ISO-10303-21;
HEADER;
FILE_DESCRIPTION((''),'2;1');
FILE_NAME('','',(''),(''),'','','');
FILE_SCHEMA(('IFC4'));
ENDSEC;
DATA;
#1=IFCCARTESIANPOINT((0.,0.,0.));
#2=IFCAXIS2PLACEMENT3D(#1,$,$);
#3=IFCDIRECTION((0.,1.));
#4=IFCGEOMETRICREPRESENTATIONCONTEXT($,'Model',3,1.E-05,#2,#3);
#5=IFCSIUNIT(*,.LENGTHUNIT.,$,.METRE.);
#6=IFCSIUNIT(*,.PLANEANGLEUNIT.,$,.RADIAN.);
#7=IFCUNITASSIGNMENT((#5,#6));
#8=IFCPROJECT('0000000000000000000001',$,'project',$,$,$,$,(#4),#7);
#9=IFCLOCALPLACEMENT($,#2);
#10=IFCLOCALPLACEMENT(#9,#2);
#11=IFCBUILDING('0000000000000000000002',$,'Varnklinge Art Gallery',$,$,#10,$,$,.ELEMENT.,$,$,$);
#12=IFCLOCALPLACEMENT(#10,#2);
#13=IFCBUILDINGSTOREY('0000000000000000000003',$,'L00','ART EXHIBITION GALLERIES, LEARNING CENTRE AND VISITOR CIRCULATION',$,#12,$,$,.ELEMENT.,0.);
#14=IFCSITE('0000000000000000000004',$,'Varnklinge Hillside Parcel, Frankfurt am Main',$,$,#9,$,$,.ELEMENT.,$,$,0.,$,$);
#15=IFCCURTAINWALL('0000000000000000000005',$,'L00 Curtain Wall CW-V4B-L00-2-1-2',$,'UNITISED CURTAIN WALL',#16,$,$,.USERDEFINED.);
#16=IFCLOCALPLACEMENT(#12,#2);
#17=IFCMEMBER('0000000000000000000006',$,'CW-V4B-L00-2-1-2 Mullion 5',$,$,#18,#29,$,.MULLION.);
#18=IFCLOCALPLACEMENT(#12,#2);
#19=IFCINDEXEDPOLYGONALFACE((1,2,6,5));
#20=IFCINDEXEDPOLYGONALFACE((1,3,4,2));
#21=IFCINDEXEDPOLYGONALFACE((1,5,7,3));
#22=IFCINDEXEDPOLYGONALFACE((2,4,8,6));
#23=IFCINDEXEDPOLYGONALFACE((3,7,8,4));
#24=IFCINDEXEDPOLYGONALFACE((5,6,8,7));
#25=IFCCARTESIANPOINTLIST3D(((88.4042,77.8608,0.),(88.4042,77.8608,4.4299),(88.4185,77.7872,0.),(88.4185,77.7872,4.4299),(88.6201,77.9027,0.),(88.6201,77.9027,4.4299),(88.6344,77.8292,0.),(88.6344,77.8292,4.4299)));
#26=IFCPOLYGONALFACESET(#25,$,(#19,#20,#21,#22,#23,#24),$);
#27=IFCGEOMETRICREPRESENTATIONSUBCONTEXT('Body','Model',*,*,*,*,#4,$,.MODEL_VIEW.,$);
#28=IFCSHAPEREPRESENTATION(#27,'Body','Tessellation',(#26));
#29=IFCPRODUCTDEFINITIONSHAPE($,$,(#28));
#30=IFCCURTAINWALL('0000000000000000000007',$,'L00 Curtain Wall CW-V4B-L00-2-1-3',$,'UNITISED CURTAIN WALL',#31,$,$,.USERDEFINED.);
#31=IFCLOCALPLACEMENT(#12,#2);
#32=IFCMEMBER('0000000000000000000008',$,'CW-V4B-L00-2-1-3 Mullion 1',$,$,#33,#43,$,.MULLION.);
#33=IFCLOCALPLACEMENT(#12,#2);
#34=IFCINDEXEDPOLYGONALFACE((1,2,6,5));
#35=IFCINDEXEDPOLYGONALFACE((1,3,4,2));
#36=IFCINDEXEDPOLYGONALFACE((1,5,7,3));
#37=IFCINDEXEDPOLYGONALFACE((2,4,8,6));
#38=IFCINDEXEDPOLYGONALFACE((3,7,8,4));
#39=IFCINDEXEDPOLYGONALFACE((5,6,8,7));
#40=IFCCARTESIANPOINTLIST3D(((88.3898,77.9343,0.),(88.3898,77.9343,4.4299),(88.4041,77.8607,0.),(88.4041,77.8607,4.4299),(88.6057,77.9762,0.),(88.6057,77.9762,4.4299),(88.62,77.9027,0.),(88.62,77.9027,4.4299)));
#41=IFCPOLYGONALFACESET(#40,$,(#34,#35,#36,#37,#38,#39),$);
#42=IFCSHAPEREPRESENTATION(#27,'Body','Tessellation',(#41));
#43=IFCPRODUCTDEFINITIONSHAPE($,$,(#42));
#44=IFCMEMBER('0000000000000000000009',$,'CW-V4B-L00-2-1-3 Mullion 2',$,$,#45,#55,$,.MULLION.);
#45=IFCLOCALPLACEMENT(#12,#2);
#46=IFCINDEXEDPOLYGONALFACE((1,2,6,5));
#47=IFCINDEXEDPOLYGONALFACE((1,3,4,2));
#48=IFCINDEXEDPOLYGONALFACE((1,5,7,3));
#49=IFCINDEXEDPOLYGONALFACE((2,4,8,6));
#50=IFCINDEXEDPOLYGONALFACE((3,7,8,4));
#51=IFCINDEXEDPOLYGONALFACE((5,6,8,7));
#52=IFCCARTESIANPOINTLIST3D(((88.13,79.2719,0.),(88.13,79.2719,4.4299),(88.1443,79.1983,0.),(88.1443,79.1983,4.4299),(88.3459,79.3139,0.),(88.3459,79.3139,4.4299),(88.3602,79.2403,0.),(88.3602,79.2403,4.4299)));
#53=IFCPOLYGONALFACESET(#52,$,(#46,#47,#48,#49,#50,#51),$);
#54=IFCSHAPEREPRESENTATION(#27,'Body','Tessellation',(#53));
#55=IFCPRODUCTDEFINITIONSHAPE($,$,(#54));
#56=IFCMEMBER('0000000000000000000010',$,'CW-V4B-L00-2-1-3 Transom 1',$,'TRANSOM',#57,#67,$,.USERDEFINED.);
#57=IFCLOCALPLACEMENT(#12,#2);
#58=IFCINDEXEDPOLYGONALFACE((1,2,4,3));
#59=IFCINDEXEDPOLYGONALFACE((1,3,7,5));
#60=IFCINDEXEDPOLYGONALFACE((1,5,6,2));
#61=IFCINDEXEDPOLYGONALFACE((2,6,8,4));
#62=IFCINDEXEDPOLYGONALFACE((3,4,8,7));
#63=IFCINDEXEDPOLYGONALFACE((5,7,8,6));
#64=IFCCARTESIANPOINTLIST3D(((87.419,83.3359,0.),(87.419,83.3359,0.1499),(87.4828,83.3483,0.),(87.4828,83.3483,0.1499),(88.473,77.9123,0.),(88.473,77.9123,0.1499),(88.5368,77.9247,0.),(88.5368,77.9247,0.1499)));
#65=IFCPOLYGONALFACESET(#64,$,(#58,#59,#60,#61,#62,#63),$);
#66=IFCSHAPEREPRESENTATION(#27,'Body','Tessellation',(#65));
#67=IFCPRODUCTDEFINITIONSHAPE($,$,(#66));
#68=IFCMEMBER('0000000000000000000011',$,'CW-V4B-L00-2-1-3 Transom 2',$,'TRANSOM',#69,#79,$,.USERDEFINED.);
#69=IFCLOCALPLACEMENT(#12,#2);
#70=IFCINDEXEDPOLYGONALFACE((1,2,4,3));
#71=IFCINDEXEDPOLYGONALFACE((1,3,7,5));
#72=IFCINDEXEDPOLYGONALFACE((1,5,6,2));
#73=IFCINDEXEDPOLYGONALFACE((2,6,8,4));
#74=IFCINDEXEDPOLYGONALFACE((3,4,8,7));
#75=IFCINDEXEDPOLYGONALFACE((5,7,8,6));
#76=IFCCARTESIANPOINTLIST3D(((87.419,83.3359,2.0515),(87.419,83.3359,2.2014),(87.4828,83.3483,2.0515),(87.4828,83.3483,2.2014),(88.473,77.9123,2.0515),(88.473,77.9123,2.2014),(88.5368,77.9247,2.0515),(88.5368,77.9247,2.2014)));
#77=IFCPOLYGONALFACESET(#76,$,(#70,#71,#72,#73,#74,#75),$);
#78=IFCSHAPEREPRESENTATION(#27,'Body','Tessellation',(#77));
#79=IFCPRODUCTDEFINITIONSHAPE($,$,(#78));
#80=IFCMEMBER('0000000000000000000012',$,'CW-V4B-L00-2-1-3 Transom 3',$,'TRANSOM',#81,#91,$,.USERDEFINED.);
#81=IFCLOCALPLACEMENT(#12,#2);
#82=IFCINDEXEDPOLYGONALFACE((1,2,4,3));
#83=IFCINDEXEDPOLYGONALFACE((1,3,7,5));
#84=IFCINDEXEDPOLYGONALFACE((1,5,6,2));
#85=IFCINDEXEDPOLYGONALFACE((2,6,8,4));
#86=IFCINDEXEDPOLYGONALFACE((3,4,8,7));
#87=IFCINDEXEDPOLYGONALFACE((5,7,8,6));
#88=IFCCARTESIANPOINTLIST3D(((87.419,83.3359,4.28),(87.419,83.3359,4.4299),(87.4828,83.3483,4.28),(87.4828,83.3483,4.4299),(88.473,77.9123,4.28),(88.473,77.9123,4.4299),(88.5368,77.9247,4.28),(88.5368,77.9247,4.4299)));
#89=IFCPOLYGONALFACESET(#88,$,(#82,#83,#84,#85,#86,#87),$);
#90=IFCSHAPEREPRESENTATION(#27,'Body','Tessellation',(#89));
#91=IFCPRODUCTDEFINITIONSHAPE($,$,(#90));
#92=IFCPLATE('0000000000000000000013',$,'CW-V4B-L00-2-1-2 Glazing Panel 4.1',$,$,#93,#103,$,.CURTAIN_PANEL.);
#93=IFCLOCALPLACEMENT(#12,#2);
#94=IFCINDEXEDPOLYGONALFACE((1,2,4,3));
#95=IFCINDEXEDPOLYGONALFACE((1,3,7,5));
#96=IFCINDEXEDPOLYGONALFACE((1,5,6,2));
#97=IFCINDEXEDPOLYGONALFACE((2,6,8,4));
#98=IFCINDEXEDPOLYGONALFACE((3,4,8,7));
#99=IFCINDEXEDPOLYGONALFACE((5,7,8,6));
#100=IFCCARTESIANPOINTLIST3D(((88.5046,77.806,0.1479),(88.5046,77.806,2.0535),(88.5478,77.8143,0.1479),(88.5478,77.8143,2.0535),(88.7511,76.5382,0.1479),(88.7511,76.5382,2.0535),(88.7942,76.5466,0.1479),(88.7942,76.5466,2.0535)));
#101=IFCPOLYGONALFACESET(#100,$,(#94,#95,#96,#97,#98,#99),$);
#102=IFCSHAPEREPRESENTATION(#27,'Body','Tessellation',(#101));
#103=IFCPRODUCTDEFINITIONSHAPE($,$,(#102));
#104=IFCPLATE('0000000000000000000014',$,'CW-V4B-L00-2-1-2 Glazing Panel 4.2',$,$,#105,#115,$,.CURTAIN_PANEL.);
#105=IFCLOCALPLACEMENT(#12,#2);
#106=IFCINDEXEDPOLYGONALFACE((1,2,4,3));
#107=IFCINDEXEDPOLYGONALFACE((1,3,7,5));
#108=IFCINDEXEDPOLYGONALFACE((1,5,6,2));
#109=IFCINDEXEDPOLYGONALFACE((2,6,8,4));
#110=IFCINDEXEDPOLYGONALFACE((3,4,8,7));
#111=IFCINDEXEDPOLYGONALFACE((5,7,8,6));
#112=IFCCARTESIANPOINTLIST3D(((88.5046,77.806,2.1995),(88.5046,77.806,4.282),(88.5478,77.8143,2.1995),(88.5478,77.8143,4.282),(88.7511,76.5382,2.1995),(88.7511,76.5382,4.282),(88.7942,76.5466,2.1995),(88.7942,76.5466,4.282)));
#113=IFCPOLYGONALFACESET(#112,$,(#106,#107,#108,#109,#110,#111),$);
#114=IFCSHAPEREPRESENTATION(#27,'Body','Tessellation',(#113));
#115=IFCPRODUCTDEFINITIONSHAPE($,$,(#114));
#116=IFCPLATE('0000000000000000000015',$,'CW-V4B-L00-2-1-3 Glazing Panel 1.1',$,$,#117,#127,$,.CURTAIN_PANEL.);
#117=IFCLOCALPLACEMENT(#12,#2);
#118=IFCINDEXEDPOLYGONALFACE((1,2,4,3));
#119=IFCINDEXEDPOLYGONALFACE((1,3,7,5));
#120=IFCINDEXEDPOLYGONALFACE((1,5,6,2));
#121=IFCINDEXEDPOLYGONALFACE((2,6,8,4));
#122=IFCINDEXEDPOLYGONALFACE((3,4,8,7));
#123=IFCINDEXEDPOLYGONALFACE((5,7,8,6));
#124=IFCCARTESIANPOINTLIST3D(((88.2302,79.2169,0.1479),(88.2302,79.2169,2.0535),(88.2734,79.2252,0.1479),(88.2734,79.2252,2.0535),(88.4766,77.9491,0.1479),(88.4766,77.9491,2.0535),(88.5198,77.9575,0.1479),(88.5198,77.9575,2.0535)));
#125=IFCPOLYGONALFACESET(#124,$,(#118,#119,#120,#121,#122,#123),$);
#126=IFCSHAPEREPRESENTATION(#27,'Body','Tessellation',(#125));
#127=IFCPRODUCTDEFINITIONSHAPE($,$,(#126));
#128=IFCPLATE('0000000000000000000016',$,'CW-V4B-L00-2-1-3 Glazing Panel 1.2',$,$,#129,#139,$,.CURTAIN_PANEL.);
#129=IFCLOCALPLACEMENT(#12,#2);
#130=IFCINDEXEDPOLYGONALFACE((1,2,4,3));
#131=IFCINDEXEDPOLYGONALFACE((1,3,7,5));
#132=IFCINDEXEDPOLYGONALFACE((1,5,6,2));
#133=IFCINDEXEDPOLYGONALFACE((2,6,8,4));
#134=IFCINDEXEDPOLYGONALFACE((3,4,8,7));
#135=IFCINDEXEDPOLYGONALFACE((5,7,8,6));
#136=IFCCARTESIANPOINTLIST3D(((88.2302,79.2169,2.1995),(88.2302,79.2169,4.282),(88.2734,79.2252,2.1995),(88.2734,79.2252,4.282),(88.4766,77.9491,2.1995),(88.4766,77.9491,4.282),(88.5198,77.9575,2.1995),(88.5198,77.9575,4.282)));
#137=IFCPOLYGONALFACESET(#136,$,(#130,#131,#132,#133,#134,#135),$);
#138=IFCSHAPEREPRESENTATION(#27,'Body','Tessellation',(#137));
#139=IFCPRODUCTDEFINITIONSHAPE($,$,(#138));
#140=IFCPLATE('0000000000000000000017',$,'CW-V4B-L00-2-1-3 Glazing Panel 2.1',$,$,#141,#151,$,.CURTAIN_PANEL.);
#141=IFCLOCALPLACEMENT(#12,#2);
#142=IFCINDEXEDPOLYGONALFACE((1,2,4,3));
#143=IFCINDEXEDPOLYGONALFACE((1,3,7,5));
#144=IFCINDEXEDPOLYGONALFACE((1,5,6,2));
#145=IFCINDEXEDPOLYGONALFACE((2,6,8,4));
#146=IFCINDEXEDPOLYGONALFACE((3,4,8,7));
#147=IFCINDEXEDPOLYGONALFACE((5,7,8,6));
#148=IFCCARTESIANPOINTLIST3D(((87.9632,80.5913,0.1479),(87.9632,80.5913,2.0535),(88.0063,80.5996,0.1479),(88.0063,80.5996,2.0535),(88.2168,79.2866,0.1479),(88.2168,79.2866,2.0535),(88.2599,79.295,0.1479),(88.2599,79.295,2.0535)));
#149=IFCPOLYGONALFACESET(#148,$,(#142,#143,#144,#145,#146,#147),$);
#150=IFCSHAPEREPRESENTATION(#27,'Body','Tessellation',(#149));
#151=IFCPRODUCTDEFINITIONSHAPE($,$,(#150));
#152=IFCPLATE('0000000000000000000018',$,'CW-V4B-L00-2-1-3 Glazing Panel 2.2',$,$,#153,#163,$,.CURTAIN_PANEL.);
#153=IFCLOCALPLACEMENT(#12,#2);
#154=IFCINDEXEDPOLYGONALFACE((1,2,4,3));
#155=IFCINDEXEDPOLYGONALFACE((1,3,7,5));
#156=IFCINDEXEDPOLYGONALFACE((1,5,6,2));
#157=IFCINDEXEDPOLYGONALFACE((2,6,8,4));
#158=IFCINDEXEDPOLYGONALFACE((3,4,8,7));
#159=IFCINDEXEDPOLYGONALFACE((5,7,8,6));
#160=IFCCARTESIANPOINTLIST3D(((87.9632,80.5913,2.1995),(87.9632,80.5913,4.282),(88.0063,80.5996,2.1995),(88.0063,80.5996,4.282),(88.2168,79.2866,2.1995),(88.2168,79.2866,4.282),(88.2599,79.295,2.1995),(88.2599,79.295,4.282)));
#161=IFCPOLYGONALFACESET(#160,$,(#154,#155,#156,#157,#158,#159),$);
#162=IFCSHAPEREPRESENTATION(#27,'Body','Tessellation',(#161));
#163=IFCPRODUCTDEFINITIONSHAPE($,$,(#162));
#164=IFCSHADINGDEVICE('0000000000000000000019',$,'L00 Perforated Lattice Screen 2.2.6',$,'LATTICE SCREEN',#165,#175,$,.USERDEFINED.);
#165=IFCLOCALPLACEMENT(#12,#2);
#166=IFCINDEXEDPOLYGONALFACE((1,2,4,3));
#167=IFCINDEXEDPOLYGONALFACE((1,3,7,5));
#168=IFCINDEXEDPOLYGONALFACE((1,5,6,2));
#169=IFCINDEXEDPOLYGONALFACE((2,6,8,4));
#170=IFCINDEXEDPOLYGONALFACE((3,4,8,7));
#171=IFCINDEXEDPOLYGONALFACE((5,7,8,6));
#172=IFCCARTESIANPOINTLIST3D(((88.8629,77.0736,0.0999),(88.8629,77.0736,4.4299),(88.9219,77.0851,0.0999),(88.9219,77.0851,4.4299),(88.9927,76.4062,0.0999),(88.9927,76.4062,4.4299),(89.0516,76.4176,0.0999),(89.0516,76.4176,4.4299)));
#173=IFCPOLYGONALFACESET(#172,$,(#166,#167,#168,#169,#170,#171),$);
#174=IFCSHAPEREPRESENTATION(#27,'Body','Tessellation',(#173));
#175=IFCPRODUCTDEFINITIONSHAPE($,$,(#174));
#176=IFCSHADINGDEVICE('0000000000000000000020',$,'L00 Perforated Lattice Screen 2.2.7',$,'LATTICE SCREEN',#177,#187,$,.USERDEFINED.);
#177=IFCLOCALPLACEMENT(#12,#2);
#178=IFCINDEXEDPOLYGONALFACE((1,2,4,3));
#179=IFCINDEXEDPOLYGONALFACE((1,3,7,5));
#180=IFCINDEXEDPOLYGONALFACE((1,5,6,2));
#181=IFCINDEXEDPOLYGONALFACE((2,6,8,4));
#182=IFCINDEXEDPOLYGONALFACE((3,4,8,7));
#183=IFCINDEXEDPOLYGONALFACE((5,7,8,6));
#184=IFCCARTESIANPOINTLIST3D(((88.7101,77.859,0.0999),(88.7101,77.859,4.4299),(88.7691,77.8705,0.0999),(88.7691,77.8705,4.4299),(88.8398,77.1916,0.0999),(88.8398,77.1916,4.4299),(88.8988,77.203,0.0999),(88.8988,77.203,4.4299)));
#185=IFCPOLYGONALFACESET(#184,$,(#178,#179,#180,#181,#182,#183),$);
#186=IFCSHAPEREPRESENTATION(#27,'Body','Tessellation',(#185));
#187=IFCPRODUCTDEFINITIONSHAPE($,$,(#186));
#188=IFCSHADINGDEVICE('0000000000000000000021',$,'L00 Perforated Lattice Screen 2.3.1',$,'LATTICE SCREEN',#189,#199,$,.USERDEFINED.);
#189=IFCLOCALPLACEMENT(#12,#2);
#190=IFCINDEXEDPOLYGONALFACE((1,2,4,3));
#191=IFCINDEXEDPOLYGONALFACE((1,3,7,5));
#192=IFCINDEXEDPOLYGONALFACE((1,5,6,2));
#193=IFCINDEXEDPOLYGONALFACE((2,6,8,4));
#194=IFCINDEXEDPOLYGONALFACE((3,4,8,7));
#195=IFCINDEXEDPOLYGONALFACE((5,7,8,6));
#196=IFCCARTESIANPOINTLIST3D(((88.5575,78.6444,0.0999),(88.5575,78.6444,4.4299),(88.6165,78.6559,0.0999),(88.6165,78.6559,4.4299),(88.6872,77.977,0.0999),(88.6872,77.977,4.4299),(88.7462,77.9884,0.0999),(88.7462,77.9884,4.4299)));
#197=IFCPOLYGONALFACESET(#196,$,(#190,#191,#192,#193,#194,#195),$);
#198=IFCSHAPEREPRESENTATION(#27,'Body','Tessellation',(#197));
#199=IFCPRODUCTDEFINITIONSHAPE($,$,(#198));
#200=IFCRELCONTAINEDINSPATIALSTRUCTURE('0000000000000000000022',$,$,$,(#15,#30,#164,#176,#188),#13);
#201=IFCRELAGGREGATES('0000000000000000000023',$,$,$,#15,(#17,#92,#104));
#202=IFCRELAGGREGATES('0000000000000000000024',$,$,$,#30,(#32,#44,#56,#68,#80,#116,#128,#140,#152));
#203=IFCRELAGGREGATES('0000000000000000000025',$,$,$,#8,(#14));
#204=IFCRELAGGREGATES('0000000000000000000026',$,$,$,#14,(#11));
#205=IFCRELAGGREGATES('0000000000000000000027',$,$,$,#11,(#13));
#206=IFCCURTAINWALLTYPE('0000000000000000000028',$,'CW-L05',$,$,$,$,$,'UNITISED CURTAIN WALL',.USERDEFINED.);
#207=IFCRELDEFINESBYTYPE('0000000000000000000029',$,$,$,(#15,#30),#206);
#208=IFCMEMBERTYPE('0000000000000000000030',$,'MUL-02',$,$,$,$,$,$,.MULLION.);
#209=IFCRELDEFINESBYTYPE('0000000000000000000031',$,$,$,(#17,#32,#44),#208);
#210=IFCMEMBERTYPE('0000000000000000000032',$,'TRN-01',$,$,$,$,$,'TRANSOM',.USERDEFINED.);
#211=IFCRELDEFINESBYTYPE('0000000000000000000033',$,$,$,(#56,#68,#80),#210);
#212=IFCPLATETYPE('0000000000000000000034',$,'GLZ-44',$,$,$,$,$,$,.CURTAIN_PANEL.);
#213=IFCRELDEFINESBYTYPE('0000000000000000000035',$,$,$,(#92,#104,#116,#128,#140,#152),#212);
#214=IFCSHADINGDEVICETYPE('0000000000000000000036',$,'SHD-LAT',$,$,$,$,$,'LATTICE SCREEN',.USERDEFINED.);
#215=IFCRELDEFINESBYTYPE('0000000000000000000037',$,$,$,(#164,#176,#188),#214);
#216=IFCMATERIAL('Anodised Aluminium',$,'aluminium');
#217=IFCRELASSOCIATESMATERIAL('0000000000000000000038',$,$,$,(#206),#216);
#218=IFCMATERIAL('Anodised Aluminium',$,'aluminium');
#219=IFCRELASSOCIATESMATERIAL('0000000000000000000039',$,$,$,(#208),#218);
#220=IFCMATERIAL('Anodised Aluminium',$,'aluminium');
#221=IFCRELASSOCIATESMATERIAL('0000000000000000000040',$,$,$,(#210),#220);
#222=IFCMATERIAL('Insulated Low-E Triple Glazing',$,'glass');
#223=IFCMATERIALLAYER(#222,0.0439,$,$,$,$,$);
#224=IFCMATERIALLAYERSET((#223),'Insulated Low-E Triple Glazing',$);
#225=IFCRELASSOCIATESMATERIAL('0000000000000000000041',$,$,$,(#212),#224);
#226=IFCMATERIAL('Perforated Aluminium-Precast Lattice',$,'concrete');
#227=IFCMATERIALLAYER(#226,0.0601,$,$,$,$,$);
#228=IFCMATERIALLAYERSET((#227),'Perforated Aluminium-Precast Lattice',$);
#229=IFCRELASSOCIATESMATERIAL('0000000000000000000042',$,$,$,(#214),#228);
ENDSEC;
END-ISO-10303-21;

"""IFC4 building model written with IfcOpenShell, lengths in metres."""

from ifc_helpers import new_model, si_unit, direction, frame, origin, origin_2d, place, context, subcontext, project, spatial, rectangle, extrude, material, layer, layer_set, material_profile, profile_set, type_object, element, aggregate, save


model = new_model("IFC4")

# Units and contexts
model_context = context("Model", 3, precision=1e-05, world=origin(), true_north=direction((0.0, 1.0)))
body_context = subcontext(model_context, "Body", "Model", "MODEL_VIEW")
ifc_project = project(units=[si_unit("LENGTHUNIT", "METRE"), si_unit("PLANEANGLEUNIT", "RADIAN")], contexts=[model_context])

# Site, building, storey
site_placement = place(None, origin())
site = spatial("IfcSite", under=ifc_project, at=site_placement, Name="Varnklinge Hillside Parcel, Frankfurt am Main", CompositionType="ELEMENT", RefElevation=0.0)
building_placement = place(site_placement, origin())
building = spatial("IfcBuilding", under=site, at=building_placement, Name="Varnklinge Art Gallery", CompositionType="ELEMENT")
storey_placement = place(building_placement, origin())
storey = spatial("IfcBuildingStorey", under=building, at=storey_placement, Name="L00", Description="ART EXHIBITION GALLERIES, LEARNING CENTRE AND VISITOR CIRCULATION", CompositionType="ELEMENT", Elevation=0.0)

# Curtain wall, member
ifc_material_1 = material(Name="Anodised Aluminium", Category="aluminium")
curtain_wall_type = type_object("IfcCurtainWallType", Name="CW-L05", ElementType="UNITISED CURTAIN WALL", PredefinedType="USERDEFINED", material=ifc_material_1)
curtain_wall_1_placement = place(storey_placement, origin())
curtain_wall_1 = element("IfcCurtainWall", 1, at=curtain_wall_1_placement, inside=storey, type_object=curtain_wall_type, Name="L00 Curtain Wall CW-V4B-L00-2-1-2", ObjectType="UNITISED CURTAIN WALL", PredefinedType="USERDEFINED")
ifc_material_2 = material(Name="Anodised Aluminium", Category="aluminium")
ifc_material_profile_1 = material_profile(ifc_material_2, rectangle(XDim=0.075, YDim=0.22, at=origin_2d()), Name="ALU 75x220")
ifc_profile_set_1 = profile_set([ifc_material_profile_1], Name="Anodised Aluminium")
member_type_1 = type_object("IfcMemberType", Name="MUL-02", PredefinedType="MULLION", material=ifc_profile_set_1)
member_1_placement = place(storey_placement, frame((88.5193, 77.845, 0.0), z_axis=(0.0, 0.0, 1.0), x_axis=(-0.190809, 0.981627, 0.0)))
member_1 = element("IfcMember", 2, at=member_1_placement, type_object=member_type_1, Name="CW-V4B-L00-2-1-2 Mullion 5", PredefinedType="MULLION", context=body_context, shape_type="SweptSolid", body=[
    extrude(rectangle(XDim=0.075, YDim=0.22, at=origin_2d()), origin(), (0.0, 0.0, 1.0), 4.4299),
])

# Curtain wall, members
curtain_wall_2_placement = place(storey_placement, origin())
curtain_wall_2 = element("IfcCurtainWall", 3, at=curtain_wall_2_placement, inside=storey, type_object=curtain_wall_type, Name="L00 Curtain Wall CW-V4B-L00-2-1-3", ObjectType="UNITISED CURTAIN WALL", PredefinedType="USERDEFINED")
member_2_placement = place(storey_placement, frame((88.5049, 77.9185, 0.0), z_axis=(0.0, 0.0, 1.0), x_axis=(-0.190809, 0.981627, 0.0)))
member_2 = element("IfcMember", 4, at=member_2_placement, type_object=member_type_1, Name="CW-V4B-L00-2-1-3 Mullion 1", PredefinedType="MULLION", context=body_context, shape_type="SweptSolid", body=[
    extrude(rectangle(XDim=0.075, YDim=0.22, at=origin_2d()), origin(), (0.0, 0.0, 1.0), 4.4299),
])
member_3_placement = place(storey_placement, frame((88.2451, 79.2561, 0.0), z_axis=(0.0, 0.0, 1.0), x_axis=(-0.190809, 0.981627, 0.0)))
member_3 = element("IfcMember", 5, at=member_3_placement, type_object=member_type_1, Name="CW-V4B-L00-2-1-3 Mullion 2", PredefinedType="MULLION", context=body_context, shape_type="SweptSolid", body=[
    extrude(rectangle(XDim=0.075, YDim=0.22, at=origin_2d()), origin(), (0.0, 0.0, 1.0), 4.4299),
])
ifc_material_3 = material(Name="Anodised Aluminium", Category="aluminium")
ifc_material_profile_2 = material_profile(ifc_material_3, rectangle(XDim=0.0649, YDim=0.1499, at=origin_2d()), Name="ALU 65x150")
ifc_profile_set_2 = profile_set([ifc_material_profile_2], Name="Anodised Aluminium")
member_type_2 = type_object("IfcMemberType", Name="TRN-01", ElementType="TRANSOM", PredefinedType="USERDEFINED", material=ifc_profile_set_2)
member_4_placement = place(storey_placement, frame((88.5049, 77.9185, 0.075), z_axis=(-0.19076, 0.981637, 0.0), x_axis=(-0.981637, -0.19076, 0.0)))
member_4 = element("IfcMember", 6, at=member_4_placement, type_object=member_type_2, Name="CW-V4B-L00-2-1-3 Transom 1", ObjectType="TRANSOM", PredefinedType="USERDEFINED", context=body_context, shape_type="SweptSolid", body=[
    extrude(rectangle(XDim=0.0649, YDim=0.1499, at=origin_2d()), origin(), (0.0, 0.0, 1.0), 5.5251),
])
member_5_placement = place(storey_placement, frame((88.5049, 77.9185, 2.1265), z_axis=(-0.19076, 0.981637, 0.0), x_axis=(-0.981637, -0.19076, 0.0)))
member_5 = element("IfcMember", 7, at=member_5_placement, type_object=member_type_2, Name="CW-V4B-L00-2-1-3 Transom 2", ObjectType="TRANSOM", PredefinedType="USERDEFINED", context=body_context, shape_type="SweptSolid", body=[
    extrude(rectangle(XDim=0.0649, YDim=0.1499, at=origin_2d()), origin(), (0.0, 0.0, 1.0), 5.5251),
])
member_6_placement = place(storey_placement, frame((88.5049, 77.9185, 4.355), z_axis=(-0.19076, 0.981637, 0.0), x_axis=(-0.981637, -0.19076, 0.0)))
member_6 = element("IfcMember", 8, at=member_6_placement, type_object=member_type_2, Name="CW-V4B-L00-2-1-3 Transom 3", ObjectType="TRANSOM", PredefinedType="USERDEFINED", context=body_context, shape_type="SweptSolid", body=[
    extrude(rectangle(XDim=0.0649, YDim=0.1499, at=origin_2d()), origin(), (0.0, 0.0, 1.0), 5.5251),
])

# Plates
ifc_material_4 = material(Name="Insulated Low-E Triple Glazing", Category="glass")
ifc_layer_1 = layer(ifc_material_4, 0.0439)
ifc_layer_set_1 = layer_set([ifc_layer_1], Name="Insulated Low-E Triple Glazing")
plate_type = type_object("IfcPlateType", Name="GLZ-44", PredefinedType="CURTAIN_PANEL", material=ifc_layer_set_1)
plate_1_placement = place(storey_placement, frame((88.6494, 77.1763, 0.1479), z_axis=(0.0, 0.0, 1.0), x_axis=(-0.190809, 0.981627, 0.0)))
plate_1 = element("IfcPlate", 9, at=plate_1_placement, type_object=plate_type, Name="CW-V4B-L00-2-1-2 Glazing Panel 4.1", PredefinedType="CURTAIN_PANEL", context=body_context, shape_type="SweptSolid", body=[
    extrude(rectangle(XDim=1.2915, YDim=0.0439, at=origin_2d()), origin(), (0.0, 0.0, 1.0), 1.9055),
])
plate_2_placement = place(storey_placement, frame((88.6494, 77.1763, 2.1995), z_axis=(0.0, 0.0, 1.0), x_axis=(-0.190809, 0.981627, 0.0)))
plate_2 = element("IfcPlate", 10, at=plate_2_placement, type_object=plate_type, Name="CW-V4B-L00-2-1-2 Glazing Panel 4.2", PredefinedType="CURTAIN_PANEL", context=body_context, shape_type="SweptSolid", body=[
    extrude(rectangle(XDim=1.2915, YDim=0.0439, at=origin_2d()), origin(), (0.0, 0.0, 1.0), 2.0825),
])
aggregate(curtain_wall_1, [member_1, plate_1, plate_2])
plate_3_placement = place(storey_placement, frame((88.375, 78.5872, 0.1479), z_axis=(0.0, 0.0, 1.0), x_axis=(-0.190809, 0.981627, 0.0)))
plate_3 = element("IfcPlate", 11, at=plate_3_placement, type_object=plate_type, Name="CW-V4B-L00-2-1-3 Glazing Panel 1.1", PredefinedType="CURTAIN_PANEL", context=body_context, shape_type="SweptSolid", body=[
    extrude(rectangle(XDim=1.2915, YDim=0.0439, at=origin_2d()), origin(), (0.0, 0.0, 1.0), 1.9055),
])
plate_4_placement = place(storey_placement, frame((88.375, 78.5872, 2.1995), z_axis=(0.0, 0.0, 1.0), x_axis=(-0.190809, 0.981627, 0.0)))
plate_4 = element("IfcPlate", 12, at=plate_4_placement, type_object=plate_type, Name="CW-V4B-L00-2-1-3 Glazing Panel 1.2", PredefinedType="CURTAIN_PANEL", context=body_context, shape_type="SweptSolid", body=[
    extrude(rectangle(XDim=1.2915, YDim=0.0439, at=origin_2d()), origin(), (0.0, 0.0, 1.0), 2.0825),
])
plate_5_placement = place(storey_placement, frame((88.1116, 79.9431, 0.1479), z_axis=(0.0, 0.0, 1.0), x_axis=(-0.190809, 0.981627, 0.0)))
plate_5 = element("IfcPlate", 13, at=plate_5_placement, type_object=plate_type, Name="CW-V4B-L00-2-1-3 Glazing Panel 2.1", PredefinedType="CURTAIN_PANEL", context=body_context, shape_type="SweptSolid", body=[
    extrude(rectangle(XDim=1.3291, YDim=0.0439, at=origin_2d()), origin(), (0.0, 0.0, 1.0), 1.9055),
])
plate_6_placement = place(storey_placement, frame((88.1116, 79.9431, 2.1995), z_axis=(0.0, 0.0, 1.0), x_axis=(-0.190809, 0.981627, 0.0)))
plate_6 = element("IfcPlate", 14, at=plate_6_placement, type_object=plate_type, Name="CW-V4B-L00-2-1-3 Glazing Panel 2.2", PredefinedType="CURTAIN_PANEL", context=body_context, shape_type="SweptSolid", body=[
    extrude(rectangle(XDim=1.3291, YDim=0.0439, at=origin_2d()), origin(), (0.0, 0.0, 1.0), 2.0825),
])
aggregate(curtain_wall_2, [member_2, member_3, member_4, member_5, member_6, plate_3, plate_4, plate_5, plate_6])

# Shading devices
ifc_material_5 = material(Name="Perforated Aluminium-Precast Lattice", Category="concrete")
ifc_layer_2 = layer(ifc_material_5, 0.0601)
ifc_layer_set_2 = layer_set([ifc_layer_2], Name="Perforated Aluminium-Precast Lattice")
shading_device_type = type_object("IfcShadingDeviceType", Name="SHD-LAT", ElementType="LATTICE SCREEN", PredefinedType="USERDEFINED", material=ifc_layer_set_2)
for number, where, z_axis, x_axis, name in (
    (15, (88.9573, 76.7456, 0.0999), (0.0, 0.0, 1.0), (-0.190809, 0.981627, 0.0), "L00 Perforated Lattice Screen 2.2.6"),
    (16, (88.8044, 77.531, 0.0999), (0.0, 0.0, 1.0), (-0.190809, 0.981627, 0.0), "L00 Perforated Lattice Screen 2.2.7"),
    (17, (88.6519, 78.3164, 0.0999), (0.0, 0.0, 1.0), (-0.190809, 0.981627, 0.0), "L00 Perforated Lattice Screen 2.3.1"),
):
    element("IfcShadingDevice", number, at=place(storey_placement, frame(where, z_axis=z_axis, x_axis=x_axis)), inside=storey, type_object=shading_device_type, Name=name, ObjectType="LATTICE SCREEN", PredefinedType="USERDEFINED", context=body_context, shape_type="SweptSolid", body=[
        extrude(rectangle(XDim=0.6799, YDim=0.0601, at=origin_2d()), origin(), (0.0, 0.0, 1.0), 4.3301),
    ])

save(model, "model.ifc")
